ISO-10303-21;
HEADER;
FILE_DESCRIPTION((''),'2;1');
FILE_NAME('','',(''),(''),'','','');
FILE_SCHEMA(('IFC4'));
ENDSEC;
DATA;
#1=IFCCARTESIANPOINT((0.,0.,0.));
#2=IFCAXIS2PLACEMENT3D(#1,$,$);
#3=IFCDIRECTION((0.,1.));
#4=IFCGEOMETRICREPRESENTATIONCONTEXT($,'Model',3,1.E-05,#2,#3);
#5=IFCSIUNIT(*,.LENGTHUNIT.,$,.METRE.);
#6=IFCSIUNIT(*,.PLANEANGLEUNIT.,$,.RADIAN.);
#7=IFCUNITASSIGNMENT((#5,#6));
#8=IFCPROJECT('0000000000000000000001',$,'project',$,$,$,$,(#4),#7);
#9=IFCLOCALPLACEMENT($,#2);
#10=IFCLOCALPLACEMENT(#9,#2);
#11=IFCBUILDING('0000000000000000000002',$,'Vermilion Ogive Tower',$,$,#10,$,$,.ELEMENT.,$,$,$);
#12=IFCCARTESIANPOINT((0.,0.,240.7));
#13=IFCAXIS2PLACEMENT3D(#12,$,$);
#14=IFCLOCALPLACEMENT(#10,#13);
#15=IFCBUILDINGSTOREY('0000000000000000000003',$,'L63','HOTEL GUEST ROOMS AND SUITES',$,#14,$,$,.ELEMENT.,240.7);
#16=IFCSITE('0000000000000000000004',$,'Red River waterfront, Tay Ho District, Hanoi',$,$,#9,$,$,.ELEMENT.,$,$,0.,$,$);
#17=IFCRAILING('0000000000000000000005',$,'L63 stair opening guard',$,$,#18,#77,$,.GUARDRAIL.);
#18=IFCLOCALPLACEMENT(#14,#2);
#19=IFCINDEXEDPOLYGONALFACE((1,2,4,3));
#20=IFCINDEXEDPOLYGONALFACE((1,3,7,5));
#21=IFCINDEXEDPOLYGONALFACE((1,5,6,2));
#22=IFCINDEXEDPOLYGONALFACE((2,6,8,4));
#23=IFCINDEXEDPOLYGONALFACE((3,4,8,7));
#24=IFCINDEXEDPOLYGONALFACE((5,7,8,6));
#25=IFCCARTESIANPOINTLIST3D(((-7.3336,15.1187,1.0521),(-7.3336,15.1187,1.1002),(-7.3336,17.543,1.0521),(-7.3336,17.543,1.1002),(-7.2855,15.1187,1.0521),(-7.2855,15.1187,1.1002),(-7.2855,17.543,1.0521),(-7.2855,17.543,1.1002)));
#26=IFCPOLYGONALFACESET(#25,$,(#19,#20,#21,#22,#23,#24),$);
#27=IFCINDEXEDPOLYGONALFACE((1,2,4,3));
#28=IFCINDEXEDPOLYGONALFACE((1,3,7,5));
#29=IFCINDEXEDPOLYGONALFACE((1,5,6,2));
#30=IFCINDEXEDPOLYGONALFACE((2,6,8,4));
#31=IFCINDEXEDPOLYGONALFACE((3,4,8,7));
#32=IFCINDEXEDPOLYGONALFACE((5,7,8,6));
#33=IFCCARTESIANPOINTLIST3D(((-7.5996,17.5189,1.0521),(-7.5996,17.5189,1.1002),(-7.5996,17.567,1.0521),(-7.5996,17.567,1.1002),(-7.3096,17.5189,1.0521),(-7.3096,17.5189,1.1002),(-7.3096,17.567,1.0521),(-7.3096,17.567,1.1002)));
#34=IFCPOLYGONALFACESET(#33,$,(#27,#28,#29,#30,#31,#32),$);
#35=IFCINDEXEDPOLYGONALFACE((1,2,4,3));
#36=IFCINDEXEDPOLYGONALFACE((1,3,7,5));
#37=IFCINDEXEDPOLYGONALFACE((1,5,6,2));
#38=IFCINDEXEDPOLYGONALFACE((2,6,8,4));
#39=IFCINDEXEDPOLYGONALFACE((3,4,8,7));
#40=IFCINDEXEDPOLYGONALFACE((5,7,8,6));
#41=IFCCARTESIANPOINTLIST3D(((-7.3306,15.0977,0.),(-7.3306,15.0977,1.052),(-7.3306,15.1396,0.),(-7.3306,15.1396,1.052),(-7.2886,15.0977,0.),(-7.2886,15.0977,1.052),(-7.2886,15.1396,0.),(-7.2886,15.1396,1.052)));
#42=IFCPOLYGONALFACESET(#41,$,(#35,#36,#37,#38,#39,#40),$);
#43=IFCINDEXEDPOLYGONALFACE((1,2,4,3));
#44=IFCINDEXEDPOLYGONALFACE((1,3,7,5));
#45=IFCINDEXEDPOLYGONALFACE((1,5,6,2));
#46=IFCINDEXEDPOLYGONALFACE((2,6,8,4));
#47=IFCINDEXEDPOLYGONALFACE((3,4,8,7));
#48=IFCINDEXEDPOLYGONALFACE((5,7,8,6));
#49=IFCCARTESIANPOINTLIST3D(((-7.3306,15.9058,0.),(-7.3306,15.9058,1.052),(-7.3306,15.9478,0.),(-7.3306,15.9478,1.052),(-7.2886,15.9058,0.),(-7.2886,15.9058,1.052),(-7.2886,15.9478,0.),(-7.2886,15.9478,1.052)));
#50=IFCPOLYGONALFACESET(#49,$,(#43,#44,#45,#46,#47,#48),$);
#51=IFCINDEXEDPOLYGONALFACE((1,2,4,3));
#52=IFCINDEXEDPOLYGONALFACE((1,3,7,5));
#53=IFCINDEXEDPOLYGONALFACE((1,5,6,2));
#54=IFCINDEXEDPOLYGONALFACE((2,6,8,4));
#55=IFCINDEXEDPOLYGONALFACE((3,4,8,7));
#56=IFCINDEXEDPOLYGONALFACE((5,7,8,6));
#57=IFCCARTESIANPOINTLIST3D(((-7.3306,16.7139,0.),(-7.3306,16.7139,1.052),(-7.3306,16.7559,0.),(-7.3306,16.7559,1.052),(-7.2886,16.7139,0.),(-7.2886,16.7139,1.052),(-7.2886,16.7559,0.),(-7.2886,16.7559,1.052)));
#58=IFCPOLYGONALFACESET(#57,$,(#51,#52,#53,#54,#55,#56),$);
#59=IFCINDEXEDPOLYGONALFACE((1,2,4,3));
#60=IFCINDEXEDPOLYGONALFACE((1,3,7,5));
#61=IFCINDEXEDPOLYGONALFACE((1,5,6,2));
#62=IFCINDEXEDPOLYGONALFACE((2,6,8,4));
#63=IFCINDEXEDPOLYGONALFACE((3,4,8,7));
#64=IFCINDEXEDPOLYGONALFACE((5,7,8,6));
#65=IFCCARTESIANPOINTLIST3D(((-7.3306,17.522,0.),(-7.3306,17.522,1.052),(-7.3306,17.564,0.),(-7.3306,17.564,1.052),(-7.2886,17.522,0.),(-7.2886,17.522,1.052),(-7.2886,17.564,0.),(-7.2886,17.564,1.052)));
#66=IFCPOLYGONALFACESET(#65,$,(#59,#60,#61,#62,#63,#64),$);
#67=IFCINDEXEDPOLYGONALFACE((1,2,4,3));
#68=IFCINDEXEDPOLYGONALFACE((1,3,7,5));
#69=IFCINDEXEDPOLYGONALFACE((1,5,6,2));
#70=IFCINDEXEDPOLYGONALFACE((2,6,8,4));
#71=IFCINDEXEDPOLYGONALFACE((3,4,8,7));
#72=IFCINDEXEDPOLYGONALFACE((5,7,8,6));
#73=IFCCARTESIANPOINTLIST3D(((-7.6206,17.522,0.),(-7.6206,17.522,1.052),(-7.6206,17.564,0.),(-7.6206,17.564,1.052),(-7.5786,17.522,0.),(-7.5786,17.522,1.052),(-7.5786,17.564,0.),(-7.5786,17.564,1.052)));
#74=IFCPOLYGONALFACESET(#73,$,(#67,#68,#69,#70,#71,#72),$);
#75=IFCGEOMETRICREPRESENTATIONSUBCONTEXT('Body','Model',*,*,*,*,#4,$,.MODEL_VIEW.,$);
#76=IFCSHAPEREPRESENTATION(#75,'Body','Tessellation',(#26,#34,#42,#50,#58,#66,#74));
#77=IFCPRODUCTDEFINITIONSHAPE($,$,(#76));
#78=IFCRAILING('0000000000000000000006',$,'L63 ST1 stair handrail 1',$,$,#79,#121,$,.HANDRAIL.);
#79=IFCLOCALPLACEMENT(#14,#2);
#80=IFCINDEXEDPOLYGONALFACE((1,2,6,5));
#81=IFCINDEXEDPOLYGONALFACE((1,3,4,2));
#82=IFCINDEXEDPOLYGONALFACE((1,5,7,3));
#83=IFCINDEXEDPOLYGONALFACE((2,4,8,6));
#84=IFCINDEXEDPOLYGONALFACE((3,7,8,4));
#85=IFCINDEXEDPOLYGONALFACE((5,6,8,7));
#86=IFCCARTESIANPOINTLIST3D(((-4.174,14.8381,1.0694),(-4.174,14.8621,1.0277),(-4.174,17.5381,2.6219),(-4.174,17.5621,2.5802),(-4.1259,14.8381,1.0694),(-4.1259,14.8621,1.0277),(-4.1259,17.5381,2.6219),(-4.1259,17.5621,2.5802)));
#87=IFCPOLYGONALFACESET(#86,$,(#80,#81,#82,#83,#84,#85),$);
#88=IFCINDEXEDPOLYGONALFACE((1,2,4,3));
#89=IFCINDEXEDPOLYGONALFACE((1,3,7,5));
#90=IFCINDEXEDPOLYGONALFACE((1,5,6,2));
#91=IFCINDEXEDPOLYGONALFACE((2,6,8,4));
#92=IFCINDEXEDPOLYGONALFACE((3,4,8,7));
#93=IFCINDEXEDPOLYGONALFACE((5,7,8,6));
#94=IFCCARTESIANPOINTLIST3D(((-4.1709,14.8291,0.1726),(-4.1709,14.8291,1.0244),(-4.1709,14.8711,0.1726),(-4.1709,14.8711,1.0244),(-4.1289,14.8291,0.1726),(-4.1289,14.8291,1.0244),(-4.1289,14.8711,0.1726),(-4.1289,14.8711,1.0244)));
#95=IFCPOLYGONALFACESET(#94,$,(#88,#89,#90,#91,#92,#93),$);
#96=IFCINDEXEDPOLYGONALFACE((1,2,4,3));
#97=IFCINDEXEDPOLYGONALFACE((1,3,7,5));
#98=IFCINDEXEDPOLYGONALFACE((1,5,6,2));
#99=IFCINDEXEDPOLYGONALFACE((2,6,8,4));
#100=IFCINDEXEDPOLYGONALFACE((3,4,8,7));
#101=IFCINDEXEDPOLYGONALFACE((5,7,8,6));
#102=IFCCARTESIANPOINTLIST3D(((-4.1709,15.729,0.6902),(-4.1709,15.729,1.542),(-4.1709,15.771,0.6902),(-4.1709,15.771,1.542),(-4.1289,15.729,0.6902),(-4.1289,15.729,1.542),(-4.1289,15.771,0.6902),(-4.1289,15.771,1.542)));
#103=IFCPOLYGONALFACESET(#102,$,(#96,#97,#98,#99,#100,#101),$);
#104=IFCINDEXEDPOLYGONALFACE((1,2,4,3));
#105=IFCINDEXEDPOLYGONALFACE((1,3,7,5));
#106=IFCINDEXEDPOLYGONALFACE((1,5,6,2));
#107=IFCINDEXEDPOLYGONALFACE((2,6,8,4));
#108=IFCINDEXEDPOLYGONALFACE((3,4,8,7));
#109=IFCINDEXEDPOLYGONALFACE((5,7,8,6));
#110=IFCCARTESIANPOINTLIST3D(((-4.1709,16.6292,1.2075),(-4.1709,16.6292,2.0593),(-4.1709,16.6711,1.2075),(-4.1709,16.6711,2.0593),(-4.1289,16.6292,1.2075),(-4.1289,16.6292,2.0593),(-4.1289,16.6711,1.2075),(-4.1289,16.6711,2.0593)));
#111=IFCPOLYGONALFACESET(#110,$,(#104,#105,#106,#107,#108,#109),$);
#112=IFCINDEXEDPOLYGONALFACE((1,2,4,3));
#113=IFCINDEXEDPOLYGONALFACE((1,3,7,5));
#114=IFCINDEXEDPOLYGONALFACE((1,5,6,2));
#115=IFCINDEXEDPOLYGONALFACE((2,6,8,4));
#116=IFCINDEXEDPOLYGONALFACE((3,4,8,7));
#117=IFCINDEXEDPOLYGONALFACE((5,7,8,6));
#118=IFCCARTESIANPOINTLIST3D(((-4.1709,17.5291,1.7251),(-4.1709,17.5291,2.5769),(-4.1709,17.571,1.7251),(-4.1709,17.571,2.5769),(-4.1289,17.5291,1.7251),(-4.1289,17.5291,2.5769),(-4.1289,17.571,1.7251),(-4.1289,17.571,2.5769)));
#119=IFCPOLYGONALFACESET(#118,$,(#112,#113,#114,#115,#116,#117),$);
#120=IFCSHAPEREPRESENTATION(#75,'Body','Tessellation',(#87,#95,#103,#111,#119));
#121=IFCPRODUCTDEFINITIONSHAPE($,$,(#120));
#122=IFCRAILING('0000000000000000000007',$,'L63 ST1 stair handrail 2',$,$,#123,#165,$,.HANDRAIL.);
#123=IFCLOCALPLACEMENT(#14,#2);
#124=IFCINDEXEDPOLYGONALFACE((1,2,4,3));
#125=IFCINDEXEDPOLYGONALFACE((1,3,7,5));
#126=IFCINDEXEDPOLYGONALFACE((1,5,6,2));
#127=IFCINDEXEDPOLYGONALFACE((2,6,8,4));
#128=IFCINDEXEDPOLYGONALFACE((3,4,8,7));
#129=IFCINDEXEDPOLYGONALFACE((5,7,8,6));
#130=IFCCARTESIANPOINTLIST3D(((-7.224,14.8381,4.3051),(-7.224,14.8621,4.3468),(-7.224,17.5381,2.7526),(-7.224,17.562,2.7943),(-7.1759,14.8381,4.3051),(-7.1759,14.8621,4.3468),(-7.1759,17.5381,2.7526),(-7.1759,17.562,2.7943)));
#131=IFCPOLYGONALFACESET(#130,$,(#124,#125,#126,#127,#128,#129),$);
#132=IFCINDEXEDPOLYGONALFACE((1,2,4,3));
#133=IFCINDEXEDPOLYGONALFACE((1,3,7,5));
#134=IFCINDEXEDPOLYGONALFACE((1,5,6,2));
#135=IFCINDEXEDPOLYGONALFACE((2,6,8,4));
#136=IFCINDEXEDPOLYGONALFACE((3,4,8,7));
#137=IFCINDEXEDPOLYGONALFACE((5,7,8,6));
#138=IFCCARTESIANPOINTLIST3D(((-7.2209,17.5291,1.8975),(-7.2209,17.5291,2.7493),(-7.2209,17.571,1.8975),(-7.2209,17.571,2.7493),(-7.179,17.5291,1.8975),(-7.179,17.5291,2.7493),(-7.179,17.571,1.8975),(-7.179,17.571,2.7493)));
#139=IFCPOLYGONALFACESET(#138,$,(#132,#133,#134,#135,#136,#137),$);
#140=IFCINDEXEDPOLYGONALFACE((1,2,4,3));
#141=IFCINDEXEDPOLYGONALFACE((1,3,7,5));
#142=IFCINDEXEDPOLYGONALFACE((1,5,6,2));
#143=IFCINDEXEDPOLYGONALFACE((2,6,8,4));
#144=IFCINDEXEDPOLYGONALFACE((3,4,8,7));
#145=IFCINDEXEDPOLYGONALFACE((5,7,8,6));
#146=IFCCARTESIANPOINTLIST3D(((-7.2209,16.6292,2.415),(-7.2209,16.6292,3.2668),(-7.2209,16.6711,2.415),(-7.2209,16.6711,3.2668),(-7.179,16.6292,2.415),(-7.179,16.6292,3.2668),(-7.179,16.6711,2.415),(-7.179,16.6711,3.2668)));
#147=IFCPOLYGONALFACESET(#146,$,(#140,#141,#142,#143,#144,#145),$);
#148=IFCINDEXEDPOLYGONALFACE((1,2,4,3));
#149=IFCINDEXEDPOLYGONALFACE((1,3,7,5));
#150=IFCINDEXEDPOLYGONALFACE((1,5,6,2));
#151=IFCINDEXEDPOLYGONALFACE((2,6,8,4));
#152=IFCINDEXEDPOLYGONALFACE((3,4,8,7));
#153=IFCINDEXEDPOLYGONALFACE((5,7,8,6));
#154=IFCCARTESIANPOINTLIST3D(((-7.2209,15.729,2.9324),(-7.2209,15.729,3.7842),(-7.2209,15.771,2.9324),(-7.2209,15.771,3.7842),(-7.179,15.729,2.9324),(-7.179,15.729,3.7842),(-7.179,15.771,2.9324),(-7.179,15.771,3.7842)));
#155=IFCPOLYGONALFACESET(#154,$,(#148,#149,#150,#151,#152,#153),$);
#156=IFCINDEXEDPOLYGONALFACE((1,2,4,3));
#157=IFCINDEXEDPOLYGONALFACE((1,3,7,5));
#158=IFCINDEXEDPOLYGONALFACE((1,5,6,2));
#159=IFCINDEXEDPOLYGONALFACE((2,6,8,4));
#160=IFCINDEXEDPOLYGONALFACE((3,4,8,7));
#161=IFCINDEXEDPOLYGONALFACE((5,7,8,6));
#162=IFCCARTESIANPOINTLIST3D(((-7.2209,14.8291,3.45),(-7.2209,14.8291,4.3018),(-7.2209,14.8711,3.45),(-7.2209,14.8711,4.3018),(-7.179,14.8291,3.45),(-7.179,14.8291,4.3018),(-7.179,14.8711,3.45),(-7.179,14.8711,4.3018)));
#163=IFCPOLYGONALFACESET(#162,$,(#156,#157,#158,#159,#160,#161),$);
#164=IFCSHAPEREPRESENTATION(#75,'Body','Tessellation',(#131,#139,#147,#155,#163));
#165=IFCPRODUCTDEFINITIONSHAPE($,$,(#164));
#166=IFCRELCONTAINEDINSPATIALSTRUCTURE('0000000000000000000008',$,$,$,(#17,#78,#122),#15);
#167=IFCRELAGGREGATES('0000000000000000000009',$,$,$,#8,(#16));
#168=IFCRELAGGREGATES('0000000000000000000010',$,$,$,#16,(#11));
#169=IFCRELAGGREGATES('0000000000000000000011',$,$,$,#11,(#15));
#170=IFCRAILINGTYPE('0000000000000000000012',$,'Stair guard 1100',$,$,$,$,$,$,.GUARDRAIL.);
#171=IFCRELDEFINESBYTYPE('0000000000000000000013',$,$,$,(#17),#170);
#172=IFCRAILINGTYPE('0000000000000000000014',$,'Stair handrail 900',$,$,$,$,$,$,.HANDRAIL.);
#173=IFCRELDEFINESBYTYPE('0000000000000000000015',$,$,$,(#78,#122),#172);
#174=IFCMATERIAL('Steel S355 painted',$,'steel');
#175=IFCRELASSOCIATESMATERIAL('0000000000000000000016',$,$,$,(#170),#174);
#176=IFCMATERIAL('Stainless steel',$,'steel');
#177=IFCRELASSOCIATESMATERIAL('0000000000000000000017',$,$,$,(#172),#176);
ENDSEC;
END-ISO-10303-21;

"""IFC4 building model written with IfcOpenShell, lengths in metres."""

from ifc_helpers import new_model, si_unit, direction, frame, origin, origin_2d, place, context, subcontext, project, spatial, rectangle, extrude, material, type_object, element, save


model = new_model("IFC4")

# Units and contexts
model_context = context("Model", 3, precision=1e-05, world=origin(), true_north=direction((0.0, 1.0)))
body_context = subcontext(model_context, "Body", "Model", "MODEL_VIEW")
ifc_project = project(units=[si_unit("LENGTHUNIT", "METRE"), si_unit("PLANEANGLEUNIT", "RADIAN")], contexts=[model_context])

# Site, building, storey
site_placement = place(None, origin())
site = spatial("IfcSite", under=ifc_project, at=site_placement, Name="Red River waterfront, Tay Ho District, Hanoi", CompositionType="ELEMENT", RefElevation=0.0)
building_placement = place(site_placement, origin())
building = spatial("IfcBuilding", under=site, at=building_placement, Name="Vermilion Ogive Tower", CompositionType="ELEMENT")
storey_placement = place(building_placement, frame((0.0, 0.0, 240.7)))
storey = spatial("IfcBuildingStorey", under=building, at=storey_placement, Name="L63", Description="HOTEL GUEST ROOMS AND SUITES", CompositionType="ELEMENT", Elevation=240.7)

# Railings
ifc_material_1 = material(Name="Steel S355 painted", Category="steel")
railing_type_1 = type_object("IfcRailingType", Name="Stair guard 1100", PredefinedType="GUARDRAIL", material=ifc_material_1)
railing_1_placement = place(storey_placement, frame((-7.3096, 15.1187, 0.0)))
element("IfcRailing", 1, at=railing_1_placement, inside=storey, type_object=railing_type_1, Name="L63 stair opening guard", PredefinedType="GUARDRAIL", context=body_context, shape_type="SweptSolid", body=[
    extrude(rectangle(XDim=0.0481, YDim=0.0481, at=origin_2d()), frame((0.0, 0.0, 1.0762), z_axis=(0.0, 1.0, 0.0), x_axis=(-1.0, 0.0, 0.0)), (0.0, 0.0, 1.0), 2.4243),
    extrude(rectangle(XDim=0.0481, YDim=0.0481, at=origin_2d()), frame((0.0, 2.4243, 1.0762), z_axis=(-1.0, 0.0, 0.0), x_axis=(0.0, -1.0, 0.0)), (0.0, 0.0, 1.0), 0.29),
    extrude(rectangle(XDim=0.042, YDim=0.042, at=origin_2d()), origin(), (0.0, 0.0, 1.0), 1.052),
    extrude(rectangle(XDim=0.042, YDim=0.042, at=origin_2d()), frame((0.0, 0.8081, 0.0)), (0.0, 0.0, 1.0), 1.052),
    extrude(rectangle(XDim=0.042, YDim=0.042, at=origin_2d()), frame((0.0, 1.6162, 0.0)), (0.0, 0.0, 1.0), 1.052),
    extrude(rectangle(XDim=0.042, YDim=0.042, at=origin_2d()), frame((0.0, 2.4243, 0.0)), (0.0, 0.0, 1.0), 1.052),
    extrude(rectangle(XDim=0.042, YDim=0.042, at=origin_2d()), frame((-0.29, 2.4243, 0.0)), (0.0, 0.0, 1.0), 1.052),
])
ifc_material_2 = material(Name="Stainless steel", Category="steel")
railing_type_2 = type_object("IfcRailingType", Name="Stair handrail 900", PredefinedType="HANDRAIL", material=ifc_material_2)
railing_2_placement = place(storey_placement, frame((-4.1499, 14.8501, 0.1726)))
element("IfcRailing", 2, at=railing_2_placement, inside=storey, type_object=railing_type_2, Name="L63 ST1 stair handrail 1", PredefinedType="HANDRAIL", context=body_context, shape_type="SweptSolid", body=[
    extrude(rectangle(XDim=0.0481, YDim=0.0481, at=origin_2d()), frame((0.0, 0.0, 0.876), z_axis=(0.0, 0.866904, 0.498476), x_axis=(-1.0, 0.0, 0.0)), (0.0, 0.0, 1.0), 3.1145),
    extrude(rectangle(XDim=0.042, YDim=0.042, at=origin_2d()), origin(), (0.0, 0.0, 1.0), 0.8518),
    extrude(rectangle(XDim=0.042, YDim=0.042, at=origin_2d()), frame((0.0, 0.8999, 0.5176)), (0.0, 0.0, 1.0), 0.8518),
    extrude(rectangle(XDim=0.042, YDim=0.042, at=origin_2d()), frame((0.0, 1.8, 1.0349)), (0.0, 0.0, 1.0), 0.8518),
    extrude(rectangle(XDim=0.042, YDim=0.042, at=origin_2d()), frame((0.0, 2.7, 1.5525)), (0.0, 0.0, 1.0), 0.8518),
])
railing_3_placement = place(storey_placement, frame((-7.2, 17.55, 1.8975)))
element("IfcRailing", 3, at=railing_3_placement, inside=storey, type_object=railing_type_2, Name="L63 ST1 stair handrail 2", PredefinedType="HANDRAIL", context=body_context, shape_type="SweptSolid", body=[
    extrude(rectangle(XDim=0.0481, YDim=0.0481, at=origin_2d()), frame((0.0, 0.0, 0.876), z_axis=(0.0, -0.866904, 0.498476), x_axis=(1.0, 0.0, 0.0)), (0.0, 0.0, 1.0), 3.1145),
    extrude(rectangle(XDim=0.042, YDim=0.042, at=origin_2d()), origin(), (0.0, 0.0, 1.0), 0.8518),
    extrude(rectangle(XDim=0.042, YDim=0.042, at=origin_2d()), frame((0.0, -0.8999, 0.5176)), (0.0, 0.0, 1.0), 0.8518),
    extrude(rectangle(XDim=0.042, YDim=0.042, at=origin_2d()), frame((0.0, -1.8, 1.0349)), (0.0, 0.0, 1.0), 0.8518),
    extrude(rectangle(XDim=0.042, YDim=0.042, at=origin_2d()), frame((0.0, -2.7, 1.5525)), (0.0, 0.0, 1.0), 0.8518),
])

save(model, "model.ifc")
